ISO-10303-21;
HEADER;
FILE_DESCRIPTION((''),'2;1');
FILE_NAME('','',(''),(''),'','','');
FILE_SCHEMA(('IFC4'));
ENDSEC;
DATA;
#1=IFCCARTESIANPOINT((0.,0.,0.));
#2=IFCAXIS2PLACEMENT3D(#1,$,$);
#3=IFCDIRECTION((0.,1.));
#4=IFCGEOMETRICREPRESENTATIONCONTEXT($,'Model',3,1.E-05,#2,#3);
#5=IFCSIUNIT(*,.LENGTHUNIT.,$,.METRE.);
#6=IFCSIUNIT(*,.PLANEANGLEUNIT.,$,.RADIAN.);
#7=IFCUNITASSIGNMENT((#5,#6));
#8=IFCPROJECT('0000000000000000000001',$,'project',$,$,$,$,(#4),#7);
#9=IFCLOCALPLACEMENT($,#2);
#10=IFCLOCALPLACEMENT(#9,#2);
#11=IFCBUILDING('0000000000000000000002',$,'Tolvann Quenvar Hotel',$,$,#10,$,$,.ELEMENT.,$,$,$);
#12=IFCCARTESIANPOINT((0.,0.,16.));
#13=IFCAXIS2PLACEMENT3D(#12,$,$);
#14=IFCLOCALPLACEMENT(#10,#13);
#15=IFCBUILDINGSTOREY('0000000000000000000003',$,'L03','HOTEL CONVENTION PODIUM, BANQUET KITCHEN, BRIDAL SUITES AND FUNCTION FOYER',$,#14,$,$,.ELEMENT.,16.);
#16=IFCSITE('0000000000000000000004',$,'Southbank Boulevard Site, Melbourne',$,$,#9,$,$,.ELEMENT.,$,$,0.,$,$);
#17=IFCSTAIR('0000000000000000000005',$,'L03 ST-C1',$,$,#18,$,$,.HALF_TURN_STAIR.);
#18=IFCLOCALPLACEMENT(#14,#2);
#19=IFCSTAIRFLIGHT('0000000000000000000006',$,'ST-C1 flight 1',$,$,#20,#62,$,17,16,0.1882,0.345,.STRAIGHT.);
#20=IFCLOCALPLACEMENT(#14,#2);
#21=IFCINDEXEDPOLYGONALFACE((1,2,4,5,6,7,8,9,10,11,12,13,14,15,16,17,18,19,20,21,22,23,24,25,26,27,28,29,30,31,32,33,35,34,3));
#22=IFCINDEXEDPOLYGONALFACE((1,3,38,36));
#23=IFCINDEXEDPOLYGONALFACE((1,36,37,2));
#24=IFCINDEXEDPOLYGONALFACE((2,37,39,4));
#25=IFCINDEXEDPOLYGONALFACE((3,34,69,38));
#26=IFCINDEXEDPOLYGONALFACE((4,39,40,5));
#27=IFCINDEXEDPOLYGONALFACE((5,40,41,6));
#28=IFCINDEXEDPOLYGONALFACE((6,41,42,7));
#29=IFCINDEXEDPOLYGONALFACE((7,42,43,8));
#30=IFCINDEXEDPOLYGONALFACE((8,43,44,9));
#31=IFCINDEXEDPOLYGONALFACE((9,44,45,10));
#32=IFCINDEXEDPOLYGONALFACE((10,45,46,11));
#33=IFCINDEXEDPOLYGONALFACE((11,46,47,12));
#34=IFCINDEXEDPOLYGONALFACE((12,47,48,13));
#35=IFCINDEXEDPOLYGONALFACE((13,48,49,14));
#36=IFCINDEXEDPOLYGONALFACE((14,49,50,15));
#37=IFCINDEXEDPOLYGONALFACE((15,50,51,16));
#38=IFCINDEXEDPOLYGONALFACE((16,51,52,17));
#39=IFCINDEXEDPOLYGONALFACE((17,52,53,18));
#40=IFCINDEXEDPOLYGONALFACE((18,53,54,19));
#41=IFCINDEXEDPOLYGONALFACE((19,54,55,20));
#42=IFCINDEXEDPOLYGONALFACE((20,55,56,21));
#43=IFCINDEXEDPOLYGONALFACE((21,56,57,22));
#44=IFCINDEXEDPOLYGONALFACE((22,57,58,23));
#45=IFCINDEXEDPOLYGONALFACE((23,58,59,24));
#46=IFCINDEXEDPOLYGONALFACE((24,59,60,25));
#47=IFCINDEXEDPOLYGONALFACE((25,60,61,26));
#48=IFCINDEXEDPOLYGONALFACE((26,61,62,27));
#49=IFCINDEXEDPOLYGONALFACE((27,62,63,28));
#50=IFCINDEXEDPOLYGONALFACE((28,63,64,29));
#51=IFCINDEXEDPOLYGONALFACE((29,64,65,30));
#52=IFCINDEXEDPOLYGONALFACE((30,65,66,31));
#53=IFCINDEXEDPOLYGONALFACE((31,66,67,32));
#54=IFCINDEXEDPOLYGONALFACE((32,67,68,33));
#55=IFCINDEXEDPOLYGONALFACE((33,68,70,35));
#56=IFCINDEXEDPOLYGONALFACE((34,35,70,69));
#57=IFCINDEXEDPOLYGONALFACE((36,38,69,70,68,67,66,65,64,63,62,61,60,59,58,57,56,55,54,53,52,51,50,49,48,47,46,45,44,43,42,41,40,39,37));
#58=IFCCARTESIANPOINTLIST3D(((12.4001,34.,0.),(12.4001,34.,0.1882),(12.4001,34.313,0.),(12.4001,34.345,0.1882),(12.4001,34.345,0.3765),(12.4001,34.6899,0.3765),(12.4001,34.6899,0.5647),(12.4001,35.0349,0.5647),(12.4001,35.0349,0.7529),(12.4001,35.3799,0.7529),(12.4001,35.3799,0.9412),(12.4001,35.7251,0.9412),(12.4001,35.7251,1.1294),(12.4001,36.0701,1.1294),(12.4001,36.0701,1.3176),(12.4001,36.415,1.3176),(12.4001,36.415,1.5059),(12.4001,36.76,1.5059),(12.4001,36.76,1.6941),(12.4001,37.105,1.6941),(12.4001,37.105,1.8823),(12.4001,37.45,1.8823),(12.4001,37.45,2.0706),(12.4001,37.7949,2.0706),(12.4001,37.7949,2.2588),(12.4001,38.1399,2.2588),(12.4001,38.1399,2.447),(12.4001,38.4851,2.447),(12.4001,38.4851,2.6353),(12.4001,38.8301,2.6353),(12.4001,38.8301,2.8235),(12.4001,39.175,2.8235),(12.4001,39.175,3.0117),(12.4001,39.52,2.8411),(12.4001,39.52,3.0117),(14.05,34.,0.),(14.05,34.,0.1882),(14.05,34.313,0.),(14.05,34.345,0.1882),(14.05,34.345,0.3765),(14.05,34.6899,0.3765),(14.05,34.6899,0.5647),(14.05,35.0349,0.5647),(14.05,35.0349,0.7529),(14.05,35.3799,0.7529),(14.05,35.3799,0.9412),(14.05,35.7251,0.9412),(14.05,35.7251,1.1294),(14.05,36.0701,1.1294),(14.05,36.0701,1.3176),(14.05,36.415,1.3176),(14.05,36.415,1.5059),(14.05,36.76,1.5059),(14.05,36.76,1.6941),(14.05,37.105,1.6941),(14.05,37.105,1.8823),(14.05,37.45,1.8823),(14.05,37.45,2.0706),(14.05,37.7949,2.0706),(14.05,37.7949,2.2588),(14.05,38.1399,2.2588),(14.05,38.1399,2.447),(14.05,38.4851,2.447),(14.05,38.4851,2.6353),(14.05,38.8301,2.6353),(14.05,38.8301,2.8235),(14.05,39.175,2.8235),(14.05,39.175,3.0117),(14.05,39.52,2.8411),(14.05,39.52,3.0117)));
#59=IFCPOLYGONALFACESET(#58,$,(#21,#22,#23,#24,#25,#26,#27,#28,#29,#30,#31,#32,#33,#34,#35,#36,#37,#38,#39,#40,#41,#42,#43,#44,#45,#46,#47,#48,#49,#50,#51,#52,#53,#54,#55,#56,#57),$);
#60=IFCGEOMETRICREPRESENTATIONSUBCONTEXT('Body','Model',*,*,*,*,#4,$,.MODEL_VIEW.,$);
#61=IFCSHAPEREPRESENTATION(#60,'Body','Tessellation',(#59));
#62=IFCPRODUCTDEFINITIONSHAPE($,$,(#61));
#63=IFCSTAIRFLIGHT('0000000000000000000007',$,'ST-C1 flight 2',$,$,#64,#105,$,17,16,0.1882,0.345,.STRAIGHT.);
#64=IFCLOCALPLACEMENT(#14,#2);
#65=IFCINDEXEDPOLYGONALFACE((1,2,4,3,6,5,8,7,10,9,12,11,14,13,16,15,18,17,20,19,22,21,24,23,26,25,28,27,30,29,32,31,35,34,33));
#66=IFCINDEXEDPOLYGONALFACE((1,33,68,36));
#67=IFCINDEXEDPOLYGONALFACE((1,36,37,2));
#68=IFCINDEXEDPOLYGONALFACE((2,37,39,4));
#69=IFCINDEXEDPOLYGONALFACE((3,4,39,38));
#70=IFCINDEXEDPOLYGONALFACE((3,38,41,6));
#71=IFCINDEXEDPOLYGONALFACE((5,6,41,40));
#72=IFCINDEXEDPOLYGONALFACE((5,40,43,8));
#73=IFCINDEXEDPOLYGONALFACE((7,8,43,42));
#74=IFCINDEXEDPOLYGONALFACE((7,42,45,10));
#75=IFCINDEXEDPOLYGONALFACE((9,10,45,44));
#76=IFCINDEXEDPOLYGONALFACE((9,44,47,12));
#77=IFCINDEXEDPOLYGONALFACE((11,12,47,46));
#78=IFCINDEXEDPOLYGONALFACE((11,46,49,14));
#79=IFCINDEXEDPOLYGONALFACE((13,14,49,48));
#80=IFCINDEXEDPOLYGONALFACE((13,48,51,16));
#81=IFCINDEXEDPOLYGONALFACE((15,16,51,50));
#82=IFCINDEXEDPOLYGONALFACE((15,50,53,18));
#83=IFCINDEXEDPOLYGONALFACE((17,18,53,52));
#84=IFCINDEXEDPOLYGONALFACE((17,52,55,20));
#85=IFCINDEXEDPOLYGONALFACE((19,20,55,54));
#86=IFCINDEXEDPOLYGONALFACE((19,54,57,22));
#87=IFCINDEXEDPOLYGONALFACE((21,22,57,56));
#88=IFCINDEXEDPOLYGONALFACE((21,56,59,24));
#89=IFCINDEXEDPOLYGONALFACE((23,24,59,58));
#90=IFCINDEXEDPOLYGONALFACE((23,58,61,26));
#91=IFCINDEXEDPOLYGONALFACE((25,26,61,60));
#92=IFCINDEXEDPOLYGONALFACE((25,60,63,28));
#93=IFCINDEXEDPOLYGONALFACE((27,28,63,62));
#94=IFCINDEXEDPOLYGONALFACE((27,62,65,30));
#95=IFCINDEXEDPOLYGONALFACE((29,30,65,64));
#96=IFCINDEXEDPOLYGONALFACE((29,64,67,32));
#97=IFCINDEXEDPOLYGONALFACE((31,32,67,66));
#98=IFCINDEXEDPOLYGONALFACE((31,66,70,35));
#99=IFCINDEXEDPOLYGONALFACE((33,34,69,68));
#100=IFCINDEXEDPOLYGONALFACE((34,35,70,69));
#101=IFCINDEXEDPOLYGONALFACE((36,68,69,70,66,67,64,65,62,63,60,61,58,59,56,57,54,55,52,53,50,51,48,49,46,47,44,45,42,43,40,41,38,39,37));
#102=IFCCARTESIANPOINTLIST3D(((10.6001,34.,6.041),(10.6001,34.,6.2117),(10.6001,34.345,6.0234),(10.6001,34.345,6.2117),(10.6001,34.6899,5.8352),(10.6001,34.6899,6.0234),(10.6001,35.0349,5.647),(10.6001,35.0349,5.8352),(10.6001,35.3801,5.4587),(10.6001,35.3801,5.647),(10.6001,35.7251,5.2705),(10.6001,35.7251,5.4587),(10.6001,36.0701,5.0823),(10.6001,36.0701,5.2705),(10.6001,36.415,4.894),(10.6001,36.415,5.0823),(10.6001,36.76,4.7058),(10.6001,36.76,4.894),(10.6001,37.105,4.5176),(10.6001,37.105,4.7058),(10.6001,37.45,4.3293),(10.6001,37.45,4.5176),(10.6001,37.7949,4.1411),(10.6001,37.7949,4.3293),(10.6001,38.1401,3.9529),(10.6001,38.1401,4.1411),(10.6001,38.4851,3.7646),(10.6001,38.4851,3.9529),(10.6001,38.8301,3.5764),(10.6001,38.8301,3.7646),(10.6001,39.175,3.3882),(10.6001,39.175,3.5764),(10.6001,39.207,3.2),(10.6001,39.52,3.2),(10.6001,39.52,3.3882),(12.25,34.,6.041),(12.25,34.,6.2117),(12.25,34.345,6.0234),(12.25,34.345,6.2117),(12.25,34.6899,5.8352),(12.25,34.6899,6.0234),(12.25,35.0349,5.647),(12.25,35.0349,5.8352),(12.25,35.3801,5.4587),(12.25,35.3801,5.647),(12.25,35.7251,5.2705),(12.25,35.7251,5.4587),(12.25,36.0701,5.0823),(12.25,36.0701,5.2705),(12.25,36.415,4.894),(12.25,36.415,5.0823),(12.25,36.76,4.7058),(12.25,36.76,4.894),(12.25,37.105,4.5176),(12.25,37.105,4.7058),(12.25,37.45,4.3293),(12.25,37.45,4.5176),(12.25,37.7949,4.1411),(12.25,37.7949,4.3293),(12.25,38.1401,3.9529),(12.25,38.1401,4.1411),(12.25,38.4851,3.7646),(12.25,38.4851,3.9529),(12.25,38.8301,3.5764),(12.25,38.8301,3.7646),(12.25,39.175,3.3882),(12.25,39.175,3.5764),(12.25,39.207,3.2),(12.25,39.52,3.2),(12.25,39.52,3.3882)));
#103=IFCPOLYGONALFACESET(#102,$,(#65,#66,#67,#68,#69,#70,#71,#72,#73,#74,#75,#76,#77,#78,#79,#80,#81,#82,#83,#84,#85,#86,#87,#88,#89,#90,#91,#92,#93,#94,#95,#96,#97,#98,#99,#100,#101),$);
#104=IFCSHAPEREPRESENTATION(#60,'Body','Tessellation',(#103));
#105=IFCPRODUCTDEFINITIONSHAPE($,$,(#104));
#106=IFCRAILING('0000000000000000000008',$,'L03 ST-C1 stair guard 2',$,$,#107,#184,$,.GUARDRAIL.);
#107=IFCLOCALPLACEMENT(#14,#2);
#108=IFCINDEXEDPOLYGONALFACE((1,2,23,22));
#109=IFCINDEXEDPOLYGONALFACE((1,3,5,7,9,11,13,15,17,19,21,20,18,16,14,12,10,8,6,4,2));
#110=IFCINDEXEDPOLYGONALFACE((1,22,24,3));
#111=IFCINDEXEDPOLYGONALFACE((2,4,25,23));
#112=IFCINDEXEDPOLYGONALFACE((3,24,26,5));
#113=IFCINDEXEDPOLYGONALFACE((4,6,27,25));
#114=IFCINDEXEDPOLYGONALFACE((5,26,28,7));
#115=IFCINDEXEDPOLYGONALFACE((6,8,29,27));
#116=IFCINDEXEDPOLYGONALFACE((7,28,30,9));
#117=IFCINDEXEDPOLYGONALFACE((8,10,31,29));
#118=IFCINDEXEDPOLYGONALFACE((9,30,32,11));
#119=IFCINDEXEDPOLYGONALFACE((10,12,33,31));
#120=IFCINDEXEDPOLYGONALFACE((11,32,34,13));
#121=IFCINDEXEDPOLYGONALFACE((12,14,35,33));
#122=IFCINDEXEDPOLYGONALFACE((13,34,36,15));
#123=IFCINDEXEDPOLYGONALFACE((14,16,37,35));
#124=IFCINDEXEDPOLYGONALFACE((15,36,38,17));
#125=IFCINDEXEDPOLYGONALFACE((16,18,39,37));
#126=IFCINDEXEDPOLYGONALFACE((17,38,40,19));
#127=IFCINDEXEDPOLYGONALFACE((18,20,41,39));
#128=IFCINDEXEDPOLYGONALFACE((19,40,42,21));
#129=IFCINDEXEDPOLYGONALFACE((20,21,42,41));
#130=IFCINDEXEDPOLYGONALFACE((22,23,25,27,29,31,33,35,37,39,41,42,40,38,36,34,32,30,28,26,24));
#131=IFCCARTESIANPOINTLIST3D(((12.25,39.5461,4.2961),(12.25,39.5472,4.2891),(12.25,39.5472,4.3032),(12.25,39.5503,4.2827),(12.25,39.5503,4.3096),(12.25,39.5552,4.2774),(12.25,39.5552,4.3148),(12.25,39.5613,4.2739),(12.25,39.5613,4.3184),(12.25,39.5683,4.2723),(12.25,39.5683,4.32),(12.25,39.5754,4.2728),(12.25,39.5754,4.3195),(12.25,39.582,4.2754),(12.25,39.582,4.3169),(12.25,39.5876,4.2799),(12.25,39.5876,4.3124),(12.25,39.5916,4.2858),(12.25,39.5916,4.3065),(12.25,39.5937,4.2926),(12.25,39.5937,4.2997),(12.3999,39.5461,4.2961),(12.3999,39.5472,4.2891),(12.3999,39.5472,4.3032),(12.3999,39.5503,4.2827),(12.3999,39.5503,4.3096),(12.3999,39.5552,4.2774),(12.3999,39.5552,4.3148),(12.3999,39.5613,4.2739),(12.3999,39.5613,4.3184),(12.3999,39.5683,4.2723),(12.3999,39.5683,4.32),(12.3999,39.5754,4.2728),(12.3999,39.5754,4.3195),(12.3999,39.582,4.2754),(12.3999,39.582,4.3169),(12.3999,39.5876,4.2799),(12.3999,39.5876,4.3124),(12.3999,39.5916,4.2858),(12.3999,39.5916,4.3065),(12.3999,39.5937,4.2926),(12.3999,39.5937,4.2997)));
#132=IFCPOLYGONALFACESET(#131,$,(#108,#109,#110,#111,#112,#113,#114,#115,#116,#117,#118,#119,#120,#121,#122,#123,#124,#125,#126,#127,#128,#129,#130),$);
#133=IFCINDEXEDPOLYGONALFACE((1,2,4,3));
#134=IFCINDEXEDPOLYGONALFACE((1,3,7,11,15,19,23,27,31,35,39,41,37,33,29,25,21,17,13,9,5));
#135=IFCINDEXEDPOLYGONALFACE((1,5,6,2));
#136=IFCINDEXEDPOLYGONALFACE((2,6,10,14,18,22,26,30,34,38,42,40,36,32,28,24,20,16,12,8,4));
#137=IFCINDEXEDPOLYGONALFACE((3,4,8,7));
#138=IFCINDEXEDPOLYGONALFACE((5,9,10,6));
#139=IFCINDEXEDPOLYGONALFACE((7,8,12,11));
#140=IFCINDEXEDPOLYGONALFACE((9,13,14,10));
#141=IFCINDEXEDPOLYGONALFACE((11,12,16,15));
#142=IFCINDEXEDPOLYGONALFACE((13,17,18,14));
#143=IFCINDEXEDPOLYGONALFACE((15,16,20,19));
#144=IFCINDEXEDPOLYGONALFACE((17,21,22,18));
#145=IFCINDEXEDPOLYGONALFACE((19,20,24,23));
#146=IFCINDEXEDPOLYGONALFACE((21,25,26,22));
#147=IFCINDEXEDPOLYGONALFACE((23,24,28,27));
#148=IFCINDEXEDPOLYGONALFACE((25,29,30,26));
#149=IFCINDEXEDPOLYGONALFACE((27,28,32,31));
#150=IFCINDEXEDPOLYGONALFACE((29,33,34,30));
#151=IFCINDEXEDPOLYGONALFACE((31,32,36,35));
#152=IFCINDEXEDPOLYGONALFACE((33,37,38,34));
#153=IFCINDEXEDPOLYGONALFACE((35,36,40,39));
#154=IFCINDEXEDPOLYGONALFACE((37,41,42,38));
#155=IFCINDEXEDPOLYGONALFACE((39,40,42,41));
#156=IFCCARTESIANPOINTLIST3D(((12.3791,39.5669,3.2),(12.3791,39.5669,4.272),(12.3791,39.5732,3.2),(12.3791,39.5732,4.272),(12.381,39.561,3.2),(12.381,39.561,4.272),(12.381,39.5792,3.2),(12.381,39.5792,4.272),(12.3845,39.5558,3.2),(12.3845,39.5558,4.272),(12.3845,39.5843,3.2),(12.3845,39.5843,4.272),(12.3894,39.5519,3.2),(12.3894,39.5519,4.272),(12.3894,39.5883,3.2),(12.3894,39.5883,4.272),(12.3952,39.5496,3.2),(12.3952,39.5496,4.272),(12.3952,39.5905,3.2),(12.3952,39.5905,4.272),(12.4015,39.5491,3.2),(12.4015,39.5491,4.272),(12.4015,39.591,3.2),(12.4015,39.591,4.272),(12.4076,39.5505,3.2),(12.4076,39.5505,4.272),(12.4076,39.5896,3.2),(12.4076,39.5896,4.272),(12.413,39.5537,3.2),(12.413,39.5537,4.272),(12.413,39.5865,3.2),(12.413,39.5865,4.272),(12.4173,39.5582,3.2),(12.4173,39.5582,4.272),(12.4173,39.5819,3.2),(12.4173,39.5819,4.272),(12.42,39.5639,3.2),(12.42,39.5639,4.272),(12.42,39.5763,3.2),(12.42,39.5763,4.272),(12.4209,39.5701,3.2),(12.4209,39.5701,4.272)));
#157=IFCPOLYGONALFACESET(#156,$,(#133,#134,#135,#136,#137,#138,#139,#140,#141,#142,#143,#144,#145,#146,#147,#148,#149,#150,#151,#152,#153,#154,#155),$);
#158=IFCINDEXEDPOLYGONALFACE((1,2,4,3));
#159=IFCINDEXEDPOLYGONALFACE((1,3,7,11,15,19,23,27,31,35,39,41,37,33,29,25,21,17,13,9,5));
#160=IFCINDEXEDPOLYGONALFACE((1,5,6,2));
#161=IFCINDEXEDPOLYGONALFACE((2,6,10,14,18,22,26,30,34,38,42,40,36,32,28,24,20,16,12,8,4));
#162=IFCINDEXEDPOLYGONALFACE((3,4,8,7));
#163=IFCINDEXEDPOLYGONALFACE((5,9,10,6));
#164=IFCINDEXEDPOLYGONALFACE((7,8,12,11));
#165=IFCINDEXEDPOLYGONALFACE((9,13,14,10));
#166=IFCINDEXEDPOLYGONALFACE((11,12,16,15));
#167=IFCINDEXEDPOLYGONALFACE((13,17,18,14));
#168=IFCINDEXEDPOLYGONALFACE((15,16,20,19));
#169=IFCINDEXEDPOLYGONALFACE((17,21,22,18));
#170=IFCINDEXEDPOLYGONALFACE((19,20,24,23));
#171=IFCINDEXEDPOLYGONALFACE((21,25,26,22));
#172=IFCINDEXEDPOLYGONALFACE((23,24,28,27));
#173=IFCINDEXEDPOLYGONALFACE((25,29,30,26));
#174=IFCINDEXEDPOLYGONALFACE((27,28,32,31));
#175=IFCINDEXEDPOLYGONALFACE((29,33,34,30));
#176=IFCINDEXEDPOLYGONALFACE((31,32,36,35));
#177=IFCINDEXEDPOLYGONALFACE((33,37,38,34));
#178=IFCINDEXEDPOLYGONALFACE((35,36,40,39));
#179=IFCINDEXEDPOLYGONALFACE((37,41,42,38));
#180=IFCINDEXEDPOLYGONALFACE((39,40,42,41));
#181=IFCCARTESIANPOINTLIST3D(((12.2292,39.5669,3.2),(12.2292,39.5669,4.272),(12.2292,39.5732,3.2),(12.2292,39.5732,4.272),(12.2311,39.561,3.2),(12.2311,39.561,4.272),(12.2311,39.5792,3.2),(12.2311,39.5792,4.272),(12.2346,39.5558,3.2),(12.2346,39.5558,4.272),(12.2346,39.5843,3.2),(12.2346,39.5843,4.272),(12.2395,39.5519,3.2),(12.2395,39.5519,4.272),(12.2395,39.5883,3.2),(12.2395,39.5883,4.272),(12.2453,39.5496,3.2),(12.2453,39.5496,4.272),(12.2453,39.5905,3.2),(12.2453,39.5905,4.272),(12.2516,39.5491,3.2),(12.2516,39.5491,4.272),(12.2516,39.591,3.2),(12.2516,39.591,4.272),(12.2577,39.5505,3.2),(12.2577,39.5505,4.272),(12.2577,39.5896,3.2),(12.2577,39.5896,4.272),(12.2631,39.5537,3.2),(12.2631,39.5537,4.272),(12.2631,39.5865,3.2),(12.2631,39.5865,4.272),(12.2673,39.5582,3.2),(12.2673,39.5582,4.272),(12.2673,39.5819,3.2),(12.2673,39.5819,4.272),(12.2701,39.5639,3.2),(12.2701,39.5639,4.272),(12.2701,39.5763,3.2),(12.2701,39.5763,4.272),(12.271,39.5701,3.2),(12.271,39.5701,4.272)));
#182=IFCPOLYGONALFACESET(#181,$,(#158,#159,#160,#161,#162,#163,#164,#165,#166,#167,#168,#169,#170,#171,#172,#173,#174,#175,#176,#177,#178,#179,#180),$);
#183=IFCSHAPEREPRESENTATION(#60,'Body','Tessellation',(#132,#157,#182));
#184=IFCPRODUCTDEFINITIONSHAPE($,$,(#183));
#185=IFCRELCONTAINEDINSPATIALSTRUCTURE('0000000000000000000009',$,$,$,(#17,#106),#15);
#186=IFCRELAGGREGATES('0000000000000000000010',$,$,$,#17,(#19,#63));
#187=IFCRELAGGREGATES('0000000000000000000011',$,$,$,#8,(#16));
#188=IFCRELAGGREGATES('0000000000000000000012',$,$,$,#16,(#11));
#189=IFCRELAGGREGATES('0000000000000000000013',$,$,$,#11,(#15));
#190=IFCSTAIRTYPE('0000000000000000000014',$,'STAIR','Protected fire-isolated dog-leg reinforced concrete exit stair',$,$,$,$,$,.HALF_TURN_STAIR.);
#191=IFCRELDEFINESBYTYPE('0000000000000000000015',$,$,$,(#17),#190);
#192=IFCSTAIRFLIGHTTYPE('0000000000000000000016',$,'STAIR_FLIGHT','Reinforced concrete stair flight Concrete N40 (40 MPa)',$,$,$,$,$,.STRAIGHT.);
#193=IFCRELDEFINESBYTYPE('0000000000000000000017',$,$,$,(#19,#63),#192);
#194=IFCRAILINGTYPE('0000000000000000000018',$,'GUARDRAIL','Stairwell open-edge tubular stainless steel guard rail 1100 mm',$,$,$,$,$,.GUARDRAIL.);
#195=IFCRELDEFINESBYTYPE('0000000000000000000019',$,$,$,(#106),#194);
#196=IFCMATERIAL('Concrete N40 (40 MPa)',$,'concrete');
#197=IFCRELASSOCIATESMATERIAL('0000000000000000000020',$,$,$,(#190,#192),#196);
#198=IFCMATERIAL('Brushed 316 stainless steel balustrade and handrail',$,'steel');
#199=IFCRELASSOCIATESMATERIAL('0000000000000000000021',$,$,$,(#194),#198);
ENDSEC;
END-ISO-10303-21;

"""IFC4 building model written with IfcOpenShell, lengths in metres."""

from ifc_helpers import new_model, si_unit, direction, frame, origin, origin_2d, place, context, subcontext, project, spatial, polyline, circle, outline, extrude, material, type_object, element, aggregate, save


model = new_model("IFC4")

# Units and contexts
model_context = context("Model", 3, precision=1e-05, world=origin(), true_north=direction((0.0, 1.0)))
body_context = subcontext(model_context, "Body", "Model", "MODEL_VIEW")
ifc_project = project(units=[si_unit("LENGTHUNIT", "METRE"), si_unit("PLANEANGLEUNIT", "RADIAN")], contexts=[model_context])

# Site, building, storey
site_placement = place(None, origin())
site = spatial("IfcSite", under=ifc_project, at=site_placement, Name="Southbank Boulevard Site, Melbourne", CompositionType="ELEMENT", RefElevation=0.0)
building_placement = place(site_placement, origin())
building = spatial("IfcBuilding", under=site, at=building_placement, Name="Tolvann Quenvar Hotel", CompositionType="ELEMENT")
storey_placement = place(building_placement, frame((0.0, 0.0, 16.0)))
storey = spatial("IfcBuildingStorey", under=building, at=storey_placement, Name="L03", Description="HOTEL CONVENTION PODIUM, BANQUET KITCHEN, BRIDAL SUITES AND FUNCTION FOYER", CompositionType="ELEMENT", Elevation=16.0)

# Shared definitions
ifc_material_1 = material(Name="Concrete N40 (40 MPa)", Category="concrete")

# Stair, stair flights
stair_type = type_object("IfcStairType", Name="STAIR", Description="Protected fire-isolated dog-leg reinforced concrete exit stair", PredefinedType="HALF_TURN_STAIR", material=ifc_material_1)
stair_placement = place(storey_placement, origin())
stair = element("IfcStair", 1, at=stair_placement, inside=storey, type_object=stair_type, Name="L03 ST-C1", PredefinedType="HALF_TURN_STAIR")
stair_flight_type = type_object("IfcStairFlightType", Name="STAIR_FLIGHT", Description="Reinforced concrete stair flight Concrete N40 (40 MPa)", PredefinedType="STRAIGHT", material=ifc_material_1)
stair_flight_1_placement = place(storey_placement, frame((13.2251, 34.0, 0.0), z_axis=(0.0, 0.0, 1.0), x_axis=(0.0, 1.0, 0.0)))
stair_flight_1 = element("IfcStairFlight", 2, at=stair_flight_1_placement, type_object=stair_flight_type, Name="ST-C1 flight 1", NumberOfRisers=17, NumberOfTreads=16, PredefinedType="STRAIGHT", RiserHeight=0.1882, TreadLength=0.345, context=body_context, shape_type="SweptSolid", body=[
    extrude(outline(polyline([(0.0, 0.0), (0.0, 0.1882), (0.345, 0.1882), (0.345, 0.3765), (0.6899, 0.3765), (0.6899, 0.5647), (1.0349, 0.5647), (1.0349, 0.7529), (1.3799, 0.7529), (1.3799, 0.9412), (1.7251, 0.9412), (1.7251, 1.1294), (2.0701, 1.1294), (2.0701, 1.3176), (2.415, 1.3176), (2.415, 1.5059), (2.76, 1.5059), (2.76, 1.6941), (3.105, 1.6941), (3.105, 1.8823), (3.45, 1.8823), (3.45, 2.0706), (3.7949, 2.0706), (3.7949, 2.2588), (4.1399, 2.2588), (4.1399, 2.447), (4.4851, 2.447), (4.4851, 2.6353), (4.8301, 2.6353), (4.8301, 2.8235), (5.175, 2.8235), (5.175, 3.0117), (5.52, 3.0117), (5.52, 3.2), (5.52, 2.8411), (0.313, 0.0), (0.0, 0.0)])), frame((0.0, 0.825, 0.0), z_axis=(0.0, -1.0, 0.0), x_axis=(1.0, 0.0, 0.0)), (0.0, 0.0, 1.0), 1.6499),
])
stair_flight_2_placement = place(storey_placement, frame((11.425, 39.52, 3.2), z_axis=(0.0, 0.0, 1.0), x_axis=(0.0, -1.0, 0.0)))
stair_flight_2 = element("IfcStairFlight", 3, at=stair_flight_2_placement, type_object=stair_flight_type, Name="ST-C1 flight 2", NumberOfRisers=17, NumberOfTreads=16, PredefinedType="STRAIGHT", RiserHeight=0.1882, TreadLength=0.345, context=body_context, shape_type="SweptSolid", body=[
    extrude(outline(polyline([(0.0, 0.0), (0.0, 0.1882), (0.345, 0.1882), (0.345, 0.3765), (0.6899, 0.3765), (0.6899, 0.5647), (1.0349, 0.5647), (1.0349, 0.7529), (1.3799, 0.7529), (1.3799, 0.9412), (1.7251, 0.9412), (1.7251, 1.1294), (2.0701, 1.1294), (2.0701, 1.3176), (2.415, 1.3176), (2.415, 1.5059), (2.76, 1.5059), (2.76, 1.6941), (3.105, 1.6941), (3.105, 1.8823), (3.45, 1.8823), (3.45, 2.0706), (3.7949, 2.0706), (3.7949, 2.2588), (4.1399, 2.2588), (4.1399, 2.447), (4.4851, 2.447), (4.4851, 2.6353), (4.8301, 2.6353), (4.8301, 2.8235), (5.175, 2.8235), (5.175, 3.0117), (5.52, 3.0117), (5.52, 3.2), (5.52, 2.8411), (0.313, 0.0), (0.0, 0.0)])), frame((0.0, 0.825, 0.0), z_axis=(0.0, -1.0, 0.0), x_axis=(1.0, 0.0, 0.0)), (0.0, 0.0, 1.0), 1.6499),
])
aggregate(stair, [stair_flight_1, stair_flight_2])

# Railing
ifc_material_2 = material(Name="Brushed 316 stainless steel balustrade and handrail", Category="steel")
railing_type_1 = type_object("IfcRailingType", Name="GUARDRAIL", Description="Stairwell open-edge tubular stainless steel guard rail 1100 mm", PredefinedType="GUARDRAIL", material=ifc_material_2)
railing_1_placement = place(storey_placement, frame((12.3999, 39.5701, 3.2)))
element("IfcRailing", 4, at=railing_1_placement, inside=storey, type_object=railing_type_1, Name="L03 ST-C1 stair guard 2", PredefinedType="GUARDRAIL", context=body_context, shape_type="SweptSolid", body=[
    extrude(circle(Radius=0.0239, at=origin_2d()), frame((0.0, 0.0, 1.0962), z_axis=(-1.0, 0.0, 0.0), x_axis=(0.0, -1.0, 0.0)), (0.0, 0.0, 1.0), 0.1499),
    extrude(circle(Radius=0.021, at=origin_2d()), origin(), (0.0, 0.0, 1.0), 1.072),
    extrude(circle(Radius=0.021, at=origin_2d()), frame((-0.1499, 0.0, 0.0)), (0.0, 0.0, 1.0), 1.072),
])

save(model, "model.ifc")
